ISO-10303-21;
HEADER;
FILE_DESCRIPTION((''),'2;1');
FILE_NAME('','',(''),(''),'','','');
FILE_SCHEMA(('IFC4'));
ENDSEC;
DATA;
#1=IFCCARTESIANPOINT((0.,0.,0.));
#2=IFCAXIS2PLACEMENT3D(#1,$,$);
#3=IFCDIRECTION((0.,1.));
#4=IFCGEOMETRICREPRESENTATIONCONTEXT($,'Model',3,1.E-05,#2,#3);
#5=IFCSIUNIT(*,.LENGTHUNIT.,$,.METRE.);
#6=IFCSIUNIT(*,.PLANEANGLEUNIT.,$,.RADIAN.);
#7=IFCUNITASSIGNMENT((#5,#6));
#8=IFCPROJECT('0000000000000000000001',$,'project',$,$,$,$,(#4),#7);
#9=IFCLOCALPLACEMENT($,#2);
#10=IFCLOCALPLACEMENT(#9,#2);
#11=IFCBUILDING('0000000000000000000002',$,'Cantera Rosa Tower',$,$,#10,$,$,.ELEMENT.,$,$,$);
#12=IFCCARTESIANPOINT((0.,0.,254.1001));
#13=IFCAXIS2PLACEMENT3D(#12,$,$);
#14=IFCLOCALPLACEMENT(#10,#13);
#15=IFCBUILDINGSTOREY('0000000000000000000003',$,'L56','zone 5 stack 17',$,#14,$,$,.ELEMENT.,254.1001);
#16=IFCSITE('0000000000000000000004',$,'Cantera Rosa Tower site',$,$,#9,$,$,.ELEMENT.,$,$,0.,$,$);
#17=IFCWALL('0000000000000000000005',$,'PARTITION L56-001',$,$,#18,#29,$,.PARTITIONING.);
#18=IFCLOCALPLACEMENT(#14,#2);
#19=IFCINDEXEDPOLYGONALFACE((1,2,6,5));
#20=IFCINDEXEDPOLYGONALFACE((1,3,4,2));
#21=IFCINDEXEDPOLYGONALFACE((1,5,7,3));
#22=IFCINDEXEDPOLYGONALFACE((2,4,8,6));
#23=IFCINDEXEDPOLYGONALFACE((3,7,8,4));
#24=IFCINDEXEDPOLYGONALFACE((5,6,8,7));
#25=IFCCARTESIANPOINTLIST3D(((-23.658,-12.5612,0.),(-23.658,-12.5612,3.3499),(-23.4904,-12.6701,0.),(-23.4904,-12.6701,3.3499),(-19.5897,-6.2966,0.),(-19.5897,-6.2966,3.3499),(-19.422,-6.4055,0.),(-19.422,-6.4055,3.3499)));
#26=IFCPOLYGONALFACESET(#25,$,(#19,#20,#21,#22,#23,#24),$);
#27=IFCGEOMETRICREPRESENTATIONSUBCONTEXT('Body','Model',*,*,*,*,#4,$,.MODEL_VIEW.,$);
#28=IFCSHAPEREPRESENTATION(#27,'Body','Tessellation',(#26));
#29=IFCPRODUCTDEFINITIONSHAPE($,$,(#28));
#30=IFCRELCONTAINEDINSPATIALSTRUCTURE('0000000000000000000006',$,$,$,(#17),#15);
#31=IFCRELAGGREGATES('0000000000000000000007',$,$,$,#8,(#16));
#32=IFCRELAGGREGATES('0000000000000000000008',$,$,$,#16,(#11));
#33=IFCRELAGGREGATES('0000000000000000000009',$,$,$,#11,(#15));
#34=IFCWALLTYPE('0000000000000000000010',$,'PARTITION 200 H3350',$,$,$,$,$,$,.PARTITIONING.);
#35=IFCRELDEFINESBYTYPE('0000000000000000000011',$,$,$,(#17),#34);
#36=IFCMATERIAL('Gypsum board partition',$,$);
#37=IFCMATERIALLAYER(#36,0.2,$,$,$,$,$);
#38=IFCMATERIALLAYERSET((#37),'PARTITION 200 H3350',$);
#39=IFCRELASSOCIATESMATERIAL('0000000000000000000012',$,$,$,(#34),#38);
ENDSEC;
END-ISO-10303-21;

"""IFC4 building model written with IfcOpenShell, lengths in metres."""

from ifc_helpers import new_model, si_unit, direction, frame, frame_2d, origin, place, context, subcontext, project, spatial, rectangle, extrude, material, layer, layer_set, type_object, element, save


model = new_model("IFC4")

# Units and contexts
model_context = context("Model", 3, precision=1e-05, world=origin(), true_north=direction((0.0, 1.0)))
body_context = subcontext(model_context, "Body", "Model", "MODEL_VIEW")
ifc_project = project(units=[si_unit("LENGTHUNIT", "METRE"), si_unit("PLANEANGLEUNIT", "RADIAN")], contexts=[model_context])

# Site, building, storey
site_placement = place(None, origin())
site = spatial("IfcSite", under=ifc_project, at=site_placement, Name="Cantera Rosa Tower site", CompositionType="ELEMENT", RefElevation=0.0)
building_placement = place(site_placement, origin())
building = spatial("IfcBuilding", under=site, at=building_placement, Name="Cantera Rosa Tower", CompositionType="ELEMENT")
storey_placement = place(building_placement, frame((0.0, 0.0, 254.1001)))
storey = spatial("IfcBuildingStorey", under=building, at=storey_placement, Name="L56", Description="zone 5 stack 17", CompositionType="ELEMENT", Elevation=254.1001)

# Wall
ifc_material_1 = material(Name="Gypsum board partition")
ifc_layer_1 = layer(ifc_material_1, 0.2)
ifc_layer_set_1 = layer_set([ifc_layer_1], Name="PARTITION 200 H3350")
wall_type_1 = type_object("IfcWallType", Name="PARTITION 200 H3350", PredefinedType="PARTITIONING", material=ifc_layer_set_1)
wall_1_placement = place(storey_placement, frame((-19.5059, -6.3511, 0.0), z_axis=(0.0, 0.0, 1.0), x_axis=(-0.544644, -0.838668, 0.0)))
element("IfcWall", 1, at=wall_1_placement, inside=storey, type_object=wall_type_1, Name="PARTITION L56-001", PredefinedType="PARTITIONING", context=body_context, shape_type="SweptSolid", body=[
    extrude(rectangle(XDim=7.4697, YDim=0.2, at=frame_2d((3.7349, 0.0))), origin(), (0.0, 0.0, 1.0), 3.3499),
])

save(model, "model.ifc")
